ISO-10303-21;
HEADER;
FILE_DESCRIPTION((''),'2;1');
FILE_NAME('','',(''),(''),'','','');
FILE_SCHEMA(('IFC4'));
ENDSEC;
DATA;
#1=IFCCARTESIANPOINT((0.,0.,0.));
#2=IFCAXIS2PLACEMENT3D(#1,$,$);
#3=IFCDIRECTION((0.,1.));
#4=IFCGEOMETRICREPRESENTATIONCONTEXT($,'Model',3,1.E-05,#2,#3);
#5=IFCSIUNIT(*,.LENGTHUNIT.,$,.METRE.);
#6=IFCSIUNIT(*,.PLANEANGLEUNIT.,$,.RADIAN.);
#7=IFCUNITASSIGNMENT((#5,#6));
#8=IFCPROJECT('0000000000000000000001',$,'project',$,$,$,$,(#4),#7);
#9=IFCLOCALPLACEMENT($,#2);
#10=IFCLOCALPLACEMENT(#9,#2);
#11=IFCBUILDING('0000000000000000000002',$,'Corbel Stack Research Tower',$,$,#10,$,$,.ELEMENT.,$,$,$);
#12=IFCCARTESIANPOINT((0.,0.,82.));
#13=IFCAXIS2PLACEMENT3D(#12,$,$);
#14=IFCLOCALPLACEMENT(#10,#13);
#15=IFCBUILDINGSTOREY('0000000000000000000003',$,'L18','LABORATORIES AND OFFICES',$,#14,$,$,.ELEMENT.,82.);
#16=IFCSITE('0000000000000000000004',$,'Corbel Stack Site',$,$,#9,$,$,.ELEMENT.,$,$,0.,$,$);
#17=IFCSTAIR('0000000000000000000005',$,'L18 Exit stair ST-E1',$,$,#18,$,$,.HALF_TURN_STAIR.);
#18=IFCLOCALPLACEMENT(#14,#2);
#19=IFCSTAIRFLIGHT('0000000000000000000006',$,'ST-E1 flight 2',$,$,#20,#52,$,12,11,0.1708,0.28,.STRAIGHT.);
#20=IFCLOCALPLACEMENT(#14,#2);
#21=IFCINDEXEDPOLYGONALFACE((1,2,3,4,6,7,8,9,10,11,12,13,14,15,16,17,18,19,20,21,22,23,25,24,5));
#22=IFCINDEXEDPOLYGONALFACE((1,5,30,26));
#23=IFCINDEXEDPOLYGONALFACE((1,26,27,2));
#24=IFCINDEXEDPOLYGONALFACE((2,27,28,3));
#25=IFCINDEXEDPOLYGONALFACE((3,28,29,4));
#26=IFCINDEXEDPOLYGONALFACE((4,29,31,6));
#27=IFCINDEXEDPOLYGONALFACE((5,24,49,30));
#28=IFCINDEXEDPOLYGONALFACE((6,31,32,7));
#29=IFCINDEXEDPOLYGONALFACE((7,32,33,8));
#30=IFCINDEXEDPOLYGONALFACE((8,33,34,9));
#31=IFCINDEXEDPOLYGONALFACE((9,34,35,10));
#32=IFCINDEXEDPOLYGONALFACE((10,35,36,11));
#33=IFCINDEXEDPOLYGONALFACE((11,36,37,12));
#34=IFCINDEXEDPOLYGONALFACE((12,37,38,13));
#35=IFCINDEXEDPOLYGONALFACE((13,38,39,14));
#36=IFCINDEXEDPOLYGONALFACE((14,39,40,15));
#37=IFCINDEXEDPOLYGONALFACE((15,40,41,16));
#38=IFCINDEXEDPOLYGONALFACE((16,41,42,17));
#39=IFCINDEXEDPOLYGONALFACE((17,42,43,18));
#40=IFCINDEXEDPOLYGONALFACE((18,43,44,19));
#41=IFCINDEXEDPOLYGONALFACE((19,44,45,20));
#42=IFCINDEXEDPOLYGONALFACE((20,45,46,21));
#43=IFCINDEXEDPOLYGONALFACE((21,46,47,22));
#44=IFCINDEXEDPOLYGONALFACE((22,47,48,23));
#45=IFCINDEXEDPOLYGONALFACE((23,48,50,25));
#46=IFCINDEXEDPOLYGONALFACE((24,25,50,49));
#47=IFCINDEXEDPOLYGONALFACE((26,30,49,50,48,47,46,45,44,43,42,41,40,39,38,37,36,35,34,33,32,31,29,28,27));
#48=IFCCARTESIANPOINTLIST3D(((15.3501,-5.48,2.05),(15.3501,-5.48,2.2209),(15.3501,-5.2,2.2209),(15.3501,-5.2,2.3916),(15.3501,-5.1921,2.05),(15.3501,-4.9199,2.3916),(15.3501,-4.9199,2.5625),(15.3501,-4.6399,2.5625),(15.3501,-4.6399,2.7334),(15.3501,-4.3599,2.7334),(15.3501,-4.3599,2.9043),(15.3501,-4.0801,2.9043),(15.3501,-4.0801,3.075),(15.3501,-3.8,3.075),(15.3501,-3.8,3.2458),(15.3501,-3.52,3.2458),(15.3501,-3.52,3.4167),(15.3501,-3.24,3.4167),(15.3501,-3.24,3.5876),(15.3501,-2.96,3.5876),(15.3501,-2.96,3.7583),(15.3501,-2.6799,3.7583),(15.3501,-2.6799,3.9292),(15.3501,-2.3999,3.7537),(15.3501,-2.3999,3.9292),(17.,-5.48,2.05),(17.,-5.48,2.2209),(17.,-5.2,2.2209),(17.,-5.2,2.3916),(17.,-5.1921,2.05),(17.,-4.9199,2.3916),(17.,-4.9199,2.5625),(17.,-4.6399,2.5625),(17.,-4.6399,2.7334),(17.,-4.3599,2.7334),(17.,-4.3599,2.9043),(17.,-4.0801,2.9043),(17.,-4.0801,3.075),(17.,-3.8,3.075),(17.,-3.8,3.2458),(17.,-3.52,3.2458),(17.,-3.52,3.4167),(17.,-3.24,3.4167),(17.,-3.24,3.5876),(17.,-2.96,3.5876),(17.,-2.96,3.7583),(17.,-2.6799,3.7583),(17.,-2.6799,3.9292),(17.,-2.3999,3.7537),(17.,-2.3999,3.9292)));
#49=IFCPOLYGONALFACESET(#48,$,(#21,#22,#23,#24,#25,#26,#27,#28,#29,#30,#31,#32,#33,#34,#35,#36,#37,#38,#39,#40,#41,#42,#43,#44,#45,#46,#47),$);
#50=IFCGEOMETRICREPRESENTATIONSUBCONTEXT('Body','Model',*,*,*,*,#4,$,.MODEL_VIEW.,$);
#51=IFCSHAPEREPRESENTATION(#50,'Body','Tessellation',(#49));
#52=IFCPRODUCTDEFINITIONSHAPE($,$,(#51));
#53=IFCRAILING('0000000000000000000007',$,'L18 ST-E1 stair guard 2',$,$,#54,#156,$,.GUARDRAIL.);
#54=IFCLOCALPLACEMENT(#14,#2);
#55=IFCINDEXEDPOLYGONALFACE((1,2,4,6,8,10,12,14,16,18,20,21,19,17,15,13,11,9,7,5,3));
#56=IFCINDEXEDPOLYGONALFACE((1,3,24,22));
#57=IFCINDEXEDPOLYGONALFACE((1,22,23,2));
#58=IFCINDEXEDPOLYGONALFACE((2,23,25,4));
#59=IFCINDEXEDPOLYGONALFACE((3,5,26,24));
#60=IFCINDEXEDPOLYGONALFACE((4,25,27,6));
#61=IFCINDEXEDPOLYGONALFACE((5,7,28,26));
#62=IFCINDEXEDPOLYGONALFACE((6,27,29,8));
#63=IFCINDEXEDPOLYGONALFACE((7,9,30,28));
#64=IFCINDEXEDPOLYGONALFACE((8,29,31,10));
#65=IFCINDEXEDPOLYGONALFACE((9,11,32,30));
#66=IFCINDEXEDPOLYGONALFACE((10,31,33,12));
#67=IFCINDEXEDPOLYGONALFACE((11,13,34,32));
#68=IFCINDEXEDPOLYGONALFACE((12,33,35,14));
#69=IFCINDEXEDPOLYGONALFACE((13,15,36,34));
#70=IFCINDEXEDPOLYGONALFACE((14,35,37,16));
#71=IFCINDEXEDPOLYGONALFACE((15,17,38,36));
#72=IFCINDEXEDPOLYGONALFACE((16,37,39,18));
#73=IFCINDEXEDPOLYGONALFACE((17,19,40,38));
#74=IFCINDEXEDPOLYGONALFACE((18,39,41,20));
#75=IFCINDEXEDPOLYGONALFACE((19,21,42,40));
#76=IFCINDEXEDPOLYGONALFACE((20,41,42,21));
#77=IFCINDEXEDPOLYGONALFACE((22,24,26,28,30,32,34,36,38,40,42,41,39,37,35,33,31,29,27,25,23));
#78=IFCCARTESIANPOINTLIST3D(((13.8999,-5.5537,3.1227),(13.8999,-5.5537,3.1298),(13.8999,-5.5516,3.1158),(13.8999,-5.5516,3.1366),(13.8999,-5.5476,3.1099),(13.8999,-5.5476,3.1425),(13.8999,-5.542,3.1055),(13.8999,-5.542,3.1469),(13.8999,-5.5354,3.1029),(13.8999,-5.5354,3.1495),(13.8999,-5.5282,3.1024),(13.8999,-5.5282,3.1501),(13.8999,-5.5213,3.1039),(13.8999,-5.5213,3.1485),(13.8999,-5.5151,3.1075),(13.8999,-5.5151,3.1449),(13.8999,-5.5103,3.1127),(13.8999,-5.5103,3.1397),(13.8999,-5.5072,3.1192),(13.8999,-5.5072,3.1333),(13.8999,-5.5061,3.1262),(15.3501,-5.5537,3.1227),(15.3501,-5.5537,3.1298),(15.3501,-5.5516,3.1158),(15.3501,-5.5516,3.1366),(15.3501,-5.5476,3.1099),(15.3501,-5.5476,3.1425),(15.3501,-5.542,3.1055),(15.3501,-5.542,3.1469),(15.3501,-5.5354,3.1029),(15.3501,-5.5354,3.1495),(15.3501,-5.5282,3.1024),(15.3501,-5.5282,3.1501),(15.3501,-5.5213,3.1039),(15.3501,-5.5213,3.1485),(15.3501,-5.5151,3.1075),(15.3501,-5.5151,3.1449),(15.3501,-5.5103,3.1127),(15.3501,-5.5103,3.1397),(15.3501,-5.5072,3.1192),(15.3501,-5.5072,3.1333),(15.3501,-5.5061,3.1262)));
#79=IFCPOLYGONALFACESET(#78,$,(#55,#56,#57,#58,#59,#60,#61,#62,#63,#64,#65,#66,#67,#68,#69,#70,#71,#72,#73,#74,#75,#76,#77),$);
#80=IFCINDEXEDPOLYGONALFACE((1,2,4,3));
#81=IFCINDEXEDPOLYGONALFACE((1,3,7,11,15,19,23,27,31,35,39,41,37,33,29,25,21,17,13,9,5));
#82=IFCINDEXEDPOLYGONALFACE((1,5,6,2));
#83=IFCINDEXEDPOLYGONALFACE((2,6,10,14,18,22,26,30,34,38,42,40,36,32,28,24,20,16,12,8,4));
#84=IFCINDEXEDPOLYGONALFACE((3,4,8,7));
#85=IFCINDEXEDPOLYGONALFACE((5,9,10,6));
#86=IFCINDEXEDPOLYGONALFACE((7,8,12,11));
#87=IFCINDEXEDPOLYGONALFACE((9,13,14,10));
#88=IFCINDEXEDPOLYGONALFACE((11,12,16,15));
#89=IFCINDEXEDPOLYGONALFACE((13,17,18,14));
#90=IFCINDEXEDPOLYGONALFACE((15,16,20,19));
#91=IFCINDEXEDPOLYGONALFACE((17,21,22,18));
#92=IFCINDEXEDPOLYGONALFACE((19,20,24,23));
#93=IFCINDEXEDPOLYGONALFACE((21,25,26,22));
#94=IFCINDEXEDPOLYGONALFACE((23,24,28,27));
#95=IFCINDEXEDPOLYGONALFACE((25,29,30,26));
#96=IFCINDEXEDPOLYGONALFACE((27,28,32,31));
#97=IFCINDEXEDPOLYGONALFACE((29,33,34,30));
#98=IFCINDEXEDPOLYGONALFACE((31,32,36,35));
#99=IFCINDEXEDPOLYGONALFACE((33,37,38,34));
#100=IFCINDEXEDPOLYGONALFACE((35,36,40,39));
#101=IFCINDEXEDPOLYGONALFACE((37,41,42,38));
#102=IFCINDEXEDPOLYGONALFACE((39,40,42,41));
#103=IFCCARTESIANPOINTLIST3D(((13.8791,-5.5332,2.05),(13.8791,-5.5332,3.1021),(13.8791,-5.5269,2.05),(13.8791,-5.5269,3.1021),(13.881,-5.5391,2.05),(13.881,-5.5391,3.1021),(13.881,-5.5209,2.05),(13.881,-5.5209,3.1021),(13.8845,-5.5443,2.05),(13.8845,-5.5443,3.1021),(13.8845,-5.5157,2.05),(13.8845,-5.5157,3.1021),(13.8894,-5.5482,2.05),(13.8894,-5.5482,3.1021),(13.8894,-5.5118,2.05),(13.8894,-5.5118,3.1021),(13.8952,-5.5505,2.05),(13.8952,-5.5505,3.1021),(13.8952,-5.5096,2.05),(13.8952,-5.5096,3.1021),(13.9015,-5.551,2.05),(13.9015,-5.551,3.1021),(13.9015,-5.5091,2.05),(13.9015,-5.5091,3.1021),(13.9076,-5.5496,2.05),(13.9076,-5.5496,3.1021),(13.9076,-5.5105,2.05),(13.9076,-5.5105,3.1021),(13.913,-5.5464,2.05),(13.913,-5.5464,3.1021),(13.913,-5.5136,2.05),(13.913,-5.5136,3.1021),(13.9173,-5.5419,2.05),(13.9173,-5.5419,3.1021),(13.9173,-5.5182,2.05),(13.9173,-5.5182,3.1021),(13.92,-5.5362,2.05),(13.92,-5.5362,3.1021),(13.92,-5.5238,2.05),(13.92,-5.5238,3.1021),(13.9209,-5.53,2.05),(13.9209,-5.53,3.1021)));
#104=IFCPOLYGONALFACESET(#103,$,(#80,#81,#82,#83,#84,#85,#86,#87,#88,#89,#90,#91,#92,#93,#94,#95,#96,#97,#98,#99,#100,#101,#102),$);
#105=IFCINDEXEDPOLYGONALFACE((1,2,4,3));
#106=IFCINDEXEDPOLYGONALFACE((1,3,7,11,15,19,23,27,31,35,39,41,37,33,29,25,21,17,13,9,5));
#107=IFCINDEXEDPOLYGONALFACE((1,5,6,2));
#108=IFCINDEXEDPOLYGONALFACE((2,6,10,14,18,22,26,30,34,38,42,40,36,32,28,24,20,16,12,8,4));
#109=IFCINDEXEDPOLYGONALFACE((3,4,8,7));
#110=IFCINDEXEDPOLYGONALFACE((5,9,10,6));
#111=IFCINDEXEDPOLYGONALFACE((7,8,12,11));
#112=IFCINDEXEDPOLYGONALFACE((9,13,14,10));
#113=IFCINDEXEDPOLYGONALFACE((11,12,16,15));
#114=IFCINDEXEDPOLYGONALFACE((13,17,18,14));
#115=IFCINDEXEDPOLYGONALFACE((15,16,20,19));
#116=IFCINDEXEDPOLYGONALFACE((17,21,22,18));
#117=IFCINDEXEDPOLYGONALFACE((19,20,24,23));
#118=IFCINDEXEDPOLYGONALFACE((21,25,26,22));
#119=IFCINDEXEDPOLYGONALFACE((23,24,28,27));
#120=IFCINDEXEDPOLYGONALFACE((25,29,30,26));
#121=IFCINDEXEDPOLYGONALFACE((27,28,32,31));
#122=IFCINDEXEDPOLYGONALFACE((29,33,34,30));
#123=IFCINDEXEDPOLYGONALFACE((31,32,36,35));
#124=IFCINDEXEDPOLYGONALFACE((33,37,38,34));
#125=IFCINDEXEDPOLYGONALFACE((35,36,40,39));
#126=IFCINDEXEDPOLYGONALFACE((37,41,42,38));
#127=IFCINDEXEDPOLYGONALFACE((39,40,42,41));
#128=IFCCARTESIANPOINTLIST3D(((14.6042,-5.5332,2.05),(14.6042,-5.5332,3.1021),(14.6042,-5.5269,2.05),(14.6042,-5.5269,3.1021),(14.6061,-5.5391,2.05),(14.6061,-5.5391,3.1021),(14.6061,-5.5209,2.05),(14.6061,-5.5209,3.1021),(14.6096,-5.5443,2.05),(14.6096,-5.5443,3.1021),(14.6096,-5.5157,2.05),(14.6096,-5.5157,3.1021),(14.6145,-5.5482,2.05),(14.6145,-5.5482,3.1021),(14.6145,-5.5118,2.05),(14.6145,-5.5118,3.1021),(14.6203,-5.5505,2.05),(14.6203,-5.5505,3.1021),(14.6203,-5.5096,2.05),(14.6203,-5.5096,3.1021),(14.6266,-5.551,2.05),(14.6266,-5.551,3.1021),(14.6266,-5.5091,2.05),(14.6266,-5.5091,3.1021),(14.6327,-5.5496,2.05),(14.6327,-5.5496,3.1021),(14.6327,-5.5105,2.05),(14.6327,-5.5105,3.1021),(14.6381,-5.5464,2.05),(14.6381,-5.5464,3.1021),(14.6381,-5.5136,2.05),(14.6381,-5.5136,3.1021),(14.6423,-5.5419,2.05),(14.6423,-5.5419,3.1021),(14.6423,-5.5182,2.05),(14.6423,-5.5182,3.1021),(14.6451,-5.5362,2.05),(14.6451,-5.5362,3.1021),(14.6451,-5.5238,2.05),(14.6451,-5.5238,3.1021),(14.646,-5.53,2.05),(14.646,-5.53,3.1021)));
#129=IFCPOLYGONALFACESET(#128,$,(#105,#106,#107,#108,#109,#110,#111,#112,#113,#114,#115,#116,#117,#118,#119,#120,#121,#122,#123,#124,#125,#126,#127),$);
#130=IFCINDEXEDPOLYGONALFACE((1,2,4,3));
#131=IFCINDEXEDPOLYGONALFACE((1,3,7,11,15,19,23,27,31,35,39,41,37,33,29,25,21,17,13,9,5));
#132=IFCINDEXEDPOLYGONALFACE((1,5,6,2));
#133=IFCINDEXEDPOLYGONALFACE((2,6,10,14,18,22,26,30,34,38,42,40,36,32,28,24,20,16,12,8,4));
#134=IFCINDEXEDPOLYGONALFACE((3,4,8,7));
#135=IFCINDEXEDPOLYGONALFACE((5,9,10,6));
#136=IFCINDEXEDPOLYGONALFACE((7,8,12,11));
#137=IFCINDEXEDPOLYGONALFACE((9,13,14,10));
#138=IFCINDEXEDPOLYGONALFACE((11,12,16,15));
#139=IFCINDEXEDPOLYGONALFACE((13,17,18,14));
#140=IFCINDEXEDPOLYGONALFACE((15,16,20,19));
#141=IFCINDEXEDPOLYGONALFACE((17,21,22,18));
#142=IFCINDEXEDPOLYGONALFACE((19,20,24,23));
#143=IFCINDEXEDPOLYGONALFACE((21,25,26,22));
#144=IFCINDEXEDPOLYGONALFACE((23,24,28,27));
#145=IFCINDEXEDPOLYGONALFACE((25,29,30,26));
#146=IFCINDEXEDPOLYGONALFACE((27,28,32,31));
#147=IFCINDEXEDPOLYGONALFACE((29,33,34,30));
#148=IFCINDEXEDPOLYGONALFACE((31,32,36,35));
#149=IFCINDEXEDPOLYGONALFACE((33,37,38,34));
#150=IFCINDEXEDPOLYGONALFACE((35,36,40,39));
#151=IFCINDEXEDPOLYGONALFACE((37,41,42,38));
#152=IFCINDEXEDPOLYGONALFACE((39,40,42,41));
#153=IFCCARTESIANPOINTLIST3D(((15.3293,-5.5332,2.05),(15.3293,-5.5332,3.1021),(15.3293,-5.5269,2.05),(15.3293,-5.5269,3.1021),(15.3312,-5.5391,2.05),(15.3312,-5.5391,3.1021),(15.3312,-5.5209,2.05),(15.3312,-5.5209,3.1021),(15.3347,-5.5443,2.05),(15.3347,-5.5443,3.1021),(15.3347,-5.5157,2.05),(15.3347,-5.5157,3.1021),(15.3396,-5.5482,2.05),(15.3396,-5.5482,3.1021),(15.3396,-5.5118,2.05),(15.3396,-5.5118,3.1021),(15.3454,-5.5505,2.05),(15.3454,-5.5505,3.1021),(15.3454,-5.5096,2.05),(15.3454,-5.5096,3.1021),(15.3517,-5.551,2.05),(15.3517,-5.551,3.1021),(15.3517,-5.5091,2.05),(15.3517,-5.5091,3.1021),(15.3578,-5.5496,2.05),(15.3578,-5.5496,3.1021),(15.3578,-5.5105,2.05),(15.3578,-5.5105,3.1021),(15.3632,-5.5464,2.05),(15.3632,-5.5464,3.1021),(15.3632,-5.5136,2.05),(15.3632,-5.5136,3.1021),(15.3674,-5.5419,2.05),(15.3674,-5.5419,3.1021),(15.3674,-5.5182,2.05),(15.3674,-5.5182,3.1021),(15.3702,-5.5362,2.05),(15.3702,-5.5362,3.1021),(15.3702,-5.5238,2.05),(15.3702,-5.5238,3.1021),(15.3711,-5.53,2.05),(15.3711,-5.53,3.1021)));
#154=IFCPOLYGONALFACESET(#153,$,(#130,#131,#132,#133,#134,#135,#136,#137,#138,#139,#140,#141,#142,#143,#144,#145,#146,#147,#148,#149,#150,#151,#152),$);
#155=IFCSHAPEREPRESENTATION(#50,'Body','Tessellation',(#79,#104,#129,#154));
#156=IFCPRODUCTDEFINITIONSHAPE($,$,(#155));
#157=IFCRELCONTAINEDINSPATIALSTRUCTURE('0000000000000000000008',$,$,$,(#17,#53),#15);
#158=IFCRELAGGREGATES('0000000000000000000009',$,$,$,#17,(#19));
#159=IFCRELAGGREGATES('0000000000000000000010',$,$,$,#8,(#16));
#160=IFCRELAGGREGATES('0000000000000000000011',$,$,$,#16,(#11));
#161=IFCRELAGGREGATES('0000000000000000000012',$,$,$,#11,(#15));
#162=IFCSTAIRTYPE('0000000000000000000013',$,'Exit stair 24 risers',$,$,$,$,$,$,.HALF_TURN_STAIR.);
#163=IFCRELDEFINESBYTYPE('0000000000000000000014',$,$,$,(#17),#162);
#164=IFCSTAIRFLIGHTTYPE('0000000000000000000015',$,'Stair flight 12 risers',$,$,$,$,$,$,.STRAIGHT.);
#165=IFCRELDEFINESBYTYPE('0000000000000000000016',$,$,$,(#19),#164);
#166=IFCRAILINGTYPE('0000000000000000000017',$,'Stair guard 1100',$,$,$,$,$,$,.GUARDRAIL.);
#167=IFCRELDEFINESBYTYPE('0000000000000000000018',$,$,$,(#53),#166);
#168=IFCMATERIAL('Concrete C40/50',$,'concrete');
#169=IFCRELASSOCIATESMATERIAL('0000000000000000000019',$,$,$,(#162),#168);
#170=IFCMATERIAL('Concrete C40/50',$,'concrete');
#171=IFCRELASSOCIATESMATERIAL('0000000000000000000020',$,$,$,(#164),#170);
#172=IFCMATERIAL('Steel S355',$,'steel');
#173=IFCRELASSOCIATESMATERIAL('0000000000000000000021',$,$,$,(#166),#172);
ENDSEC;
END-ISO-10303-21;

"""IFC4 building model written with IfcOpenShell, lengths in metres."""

from ifc_helpers import new_model, si_unit, direction, frame, origin, origin_2d, place, context, subcontext, project, spatial, polyline, circle, outline, extrude, material, type_object, element, aggregate, save


model = new_model("IFC4")

# Units and contexts
model_context = context("Model", 3, precision=1e-05, world=origin(), true_north=direction((0.0, 1.0)))
body_context = subcontext(model_context, "Body", "Model", "MODEL_VIEW")
ifc_project = project(units=[si_unit("LENGTHUNIT", "METRE"), si_unit("PLANEANGLEUNIT", "RADIAN")], contexts=[model_context])

# Site, building, storey
site_placement = place(None, origin())
site = spatial("IfcSite", under=ifc_project, at=site_placement, Name="Corbel Stack Site", CompositionType="ELEMENT", RefElevation=0.0)
building_placement = place(site_placement, origin())
building = spatial("IfcBuilding", under=site, at=building_placement, Name="Corbel Stack Research Tower", CompositionType="ELEMENT")
storey_placement = place(building_placement, frame((0.0, 0.0, 82.0)))
storey = spatial("IfcBuildingStorey", under=building, at=storey_placement, Name="L18", Description="LABORATORIES AND OFFICES", CompositionType="ELEMENT", Elevation=82.0)

# Stair, stair flight
ifc_material_1 = material(Name="Concrete C40/50", Category="concrete")
stair_type = type_object("IfcStairType", Name="Exit stair 24 risers", PredefinedType="HALF_TURN_STAIR", material=ifc_material_1)
stair_placement = place(storey_placement, origin())
stair = element("IfcStair", 1, at=stair_placement, inside=storey, type_object=stair_type, Name="L18 Exit stair ST-E1", PredefinedType="HALF_TURN_STAIR")
ifc_material_2 = material(Name="Concrete C40/50", Category="concrete")
stair_flight_type = type_object("IfcStairFlightType", Name="Stair flight 12 risers", PredefinedType="STRAIGHT", material=ifc_material_2)
stair_flight_placement = place(storey_placement, frame((16.175, -5.48, 2.05), z_axis=(0.0, 0.0, 1.0), x_axis=(0.0, 1.0, 0.0)))
stair_flight = element("IfcStairFlight", 2, at=stair_flight_placement, type_object=stair_flight_type, Name="ST-E1 flight 2", NumberOfRisers=12, NumberOfTreads=11, PredefinedType="STRAIGHT", RiserHeight=0.1708, TreadLength=0.28, context=body_context, shape_type="SweptSolid", body=[
    extrude(outline(polyline([(0.0, 0.0), (0.0, 0.1709), (0.28, 0.1709), (0.28, 0.3416), (0.5601, 0.3416), (0.5601, 0.5125), (0.8401, 0.5125), (0.8401, 0.6833), (1.1201, 0.6833), (1.1201, 0.8542), (1.3999, 0.8542), (1.3999, 1.0249), (1.6799, 1.0249), (1.6799, 1.1958), (1.96, 1.1958), (1.96, 1.3667), (2.24, 1.3667), (2.24, 1.5376), (2.52, 1.5376), (2.52, 1.7083), (2.8, 1.7083), (2.8, 1.8792), (3.0801, 1.8792), (3.0801, 2.05), (3.0801, 1.7036), (0.2878, 0.0), (0.0, 0.0)])), frame((0.0, 0.825, 0.0), z_axis=(0.0, -1.0, 0.0), x_axis=(1.0, 0.0, 0.0)), (0.0, 0.0, 1.0), 1.6499),
])
aggregate(stair, [stair_flight])

# Railing
ifc_material_3 = material(Name="Steel S355", Category="steel")
railing_type_1 = type_object("IfcRailingType", Name="Stair guard 1100", PredefinedType="GUARDRAIL", material=ifc_material_3)
railing_1_placement = place(storey_placement, frame((13.8999, -5.53, 2.05)))
element("IfcRailing", 3, at=railing_1_placement, inside=storey, type_object=railing_type_1, Name="L18 ST-E1 stair guard 2", PredefinedType="GUARDRAIL", context=body_context, shape_type="SweptSolid", body=[
    extrude(circle(Radius=0.0239, at=origin_2d()), frame((0.0, 0.0, 1.0762), z_axis=(1.0, 0.0, 0.0), x_axis=(0.0, 1.0, 0.0)), (0.0, 0.0, 1.0), 1.4502),
    extrude(circle(Radius=0.021, at=origin_2d()), origin(), (0.0, 0.0, 1.0), 1.052),
    extrude(circle(Radius=0.021, at=origin_2d()), frame((0.7251, 0.0, 0.0)), (0.0, 0.0, 1.0), 1.052),
    extrude(circle(Radius=0.021, at=origin_2d()), frame((1.4502, 0.0, 0.0)), (0.0, 0.0, 1.0), 1.052),
])

save(model, "model.ifc")
